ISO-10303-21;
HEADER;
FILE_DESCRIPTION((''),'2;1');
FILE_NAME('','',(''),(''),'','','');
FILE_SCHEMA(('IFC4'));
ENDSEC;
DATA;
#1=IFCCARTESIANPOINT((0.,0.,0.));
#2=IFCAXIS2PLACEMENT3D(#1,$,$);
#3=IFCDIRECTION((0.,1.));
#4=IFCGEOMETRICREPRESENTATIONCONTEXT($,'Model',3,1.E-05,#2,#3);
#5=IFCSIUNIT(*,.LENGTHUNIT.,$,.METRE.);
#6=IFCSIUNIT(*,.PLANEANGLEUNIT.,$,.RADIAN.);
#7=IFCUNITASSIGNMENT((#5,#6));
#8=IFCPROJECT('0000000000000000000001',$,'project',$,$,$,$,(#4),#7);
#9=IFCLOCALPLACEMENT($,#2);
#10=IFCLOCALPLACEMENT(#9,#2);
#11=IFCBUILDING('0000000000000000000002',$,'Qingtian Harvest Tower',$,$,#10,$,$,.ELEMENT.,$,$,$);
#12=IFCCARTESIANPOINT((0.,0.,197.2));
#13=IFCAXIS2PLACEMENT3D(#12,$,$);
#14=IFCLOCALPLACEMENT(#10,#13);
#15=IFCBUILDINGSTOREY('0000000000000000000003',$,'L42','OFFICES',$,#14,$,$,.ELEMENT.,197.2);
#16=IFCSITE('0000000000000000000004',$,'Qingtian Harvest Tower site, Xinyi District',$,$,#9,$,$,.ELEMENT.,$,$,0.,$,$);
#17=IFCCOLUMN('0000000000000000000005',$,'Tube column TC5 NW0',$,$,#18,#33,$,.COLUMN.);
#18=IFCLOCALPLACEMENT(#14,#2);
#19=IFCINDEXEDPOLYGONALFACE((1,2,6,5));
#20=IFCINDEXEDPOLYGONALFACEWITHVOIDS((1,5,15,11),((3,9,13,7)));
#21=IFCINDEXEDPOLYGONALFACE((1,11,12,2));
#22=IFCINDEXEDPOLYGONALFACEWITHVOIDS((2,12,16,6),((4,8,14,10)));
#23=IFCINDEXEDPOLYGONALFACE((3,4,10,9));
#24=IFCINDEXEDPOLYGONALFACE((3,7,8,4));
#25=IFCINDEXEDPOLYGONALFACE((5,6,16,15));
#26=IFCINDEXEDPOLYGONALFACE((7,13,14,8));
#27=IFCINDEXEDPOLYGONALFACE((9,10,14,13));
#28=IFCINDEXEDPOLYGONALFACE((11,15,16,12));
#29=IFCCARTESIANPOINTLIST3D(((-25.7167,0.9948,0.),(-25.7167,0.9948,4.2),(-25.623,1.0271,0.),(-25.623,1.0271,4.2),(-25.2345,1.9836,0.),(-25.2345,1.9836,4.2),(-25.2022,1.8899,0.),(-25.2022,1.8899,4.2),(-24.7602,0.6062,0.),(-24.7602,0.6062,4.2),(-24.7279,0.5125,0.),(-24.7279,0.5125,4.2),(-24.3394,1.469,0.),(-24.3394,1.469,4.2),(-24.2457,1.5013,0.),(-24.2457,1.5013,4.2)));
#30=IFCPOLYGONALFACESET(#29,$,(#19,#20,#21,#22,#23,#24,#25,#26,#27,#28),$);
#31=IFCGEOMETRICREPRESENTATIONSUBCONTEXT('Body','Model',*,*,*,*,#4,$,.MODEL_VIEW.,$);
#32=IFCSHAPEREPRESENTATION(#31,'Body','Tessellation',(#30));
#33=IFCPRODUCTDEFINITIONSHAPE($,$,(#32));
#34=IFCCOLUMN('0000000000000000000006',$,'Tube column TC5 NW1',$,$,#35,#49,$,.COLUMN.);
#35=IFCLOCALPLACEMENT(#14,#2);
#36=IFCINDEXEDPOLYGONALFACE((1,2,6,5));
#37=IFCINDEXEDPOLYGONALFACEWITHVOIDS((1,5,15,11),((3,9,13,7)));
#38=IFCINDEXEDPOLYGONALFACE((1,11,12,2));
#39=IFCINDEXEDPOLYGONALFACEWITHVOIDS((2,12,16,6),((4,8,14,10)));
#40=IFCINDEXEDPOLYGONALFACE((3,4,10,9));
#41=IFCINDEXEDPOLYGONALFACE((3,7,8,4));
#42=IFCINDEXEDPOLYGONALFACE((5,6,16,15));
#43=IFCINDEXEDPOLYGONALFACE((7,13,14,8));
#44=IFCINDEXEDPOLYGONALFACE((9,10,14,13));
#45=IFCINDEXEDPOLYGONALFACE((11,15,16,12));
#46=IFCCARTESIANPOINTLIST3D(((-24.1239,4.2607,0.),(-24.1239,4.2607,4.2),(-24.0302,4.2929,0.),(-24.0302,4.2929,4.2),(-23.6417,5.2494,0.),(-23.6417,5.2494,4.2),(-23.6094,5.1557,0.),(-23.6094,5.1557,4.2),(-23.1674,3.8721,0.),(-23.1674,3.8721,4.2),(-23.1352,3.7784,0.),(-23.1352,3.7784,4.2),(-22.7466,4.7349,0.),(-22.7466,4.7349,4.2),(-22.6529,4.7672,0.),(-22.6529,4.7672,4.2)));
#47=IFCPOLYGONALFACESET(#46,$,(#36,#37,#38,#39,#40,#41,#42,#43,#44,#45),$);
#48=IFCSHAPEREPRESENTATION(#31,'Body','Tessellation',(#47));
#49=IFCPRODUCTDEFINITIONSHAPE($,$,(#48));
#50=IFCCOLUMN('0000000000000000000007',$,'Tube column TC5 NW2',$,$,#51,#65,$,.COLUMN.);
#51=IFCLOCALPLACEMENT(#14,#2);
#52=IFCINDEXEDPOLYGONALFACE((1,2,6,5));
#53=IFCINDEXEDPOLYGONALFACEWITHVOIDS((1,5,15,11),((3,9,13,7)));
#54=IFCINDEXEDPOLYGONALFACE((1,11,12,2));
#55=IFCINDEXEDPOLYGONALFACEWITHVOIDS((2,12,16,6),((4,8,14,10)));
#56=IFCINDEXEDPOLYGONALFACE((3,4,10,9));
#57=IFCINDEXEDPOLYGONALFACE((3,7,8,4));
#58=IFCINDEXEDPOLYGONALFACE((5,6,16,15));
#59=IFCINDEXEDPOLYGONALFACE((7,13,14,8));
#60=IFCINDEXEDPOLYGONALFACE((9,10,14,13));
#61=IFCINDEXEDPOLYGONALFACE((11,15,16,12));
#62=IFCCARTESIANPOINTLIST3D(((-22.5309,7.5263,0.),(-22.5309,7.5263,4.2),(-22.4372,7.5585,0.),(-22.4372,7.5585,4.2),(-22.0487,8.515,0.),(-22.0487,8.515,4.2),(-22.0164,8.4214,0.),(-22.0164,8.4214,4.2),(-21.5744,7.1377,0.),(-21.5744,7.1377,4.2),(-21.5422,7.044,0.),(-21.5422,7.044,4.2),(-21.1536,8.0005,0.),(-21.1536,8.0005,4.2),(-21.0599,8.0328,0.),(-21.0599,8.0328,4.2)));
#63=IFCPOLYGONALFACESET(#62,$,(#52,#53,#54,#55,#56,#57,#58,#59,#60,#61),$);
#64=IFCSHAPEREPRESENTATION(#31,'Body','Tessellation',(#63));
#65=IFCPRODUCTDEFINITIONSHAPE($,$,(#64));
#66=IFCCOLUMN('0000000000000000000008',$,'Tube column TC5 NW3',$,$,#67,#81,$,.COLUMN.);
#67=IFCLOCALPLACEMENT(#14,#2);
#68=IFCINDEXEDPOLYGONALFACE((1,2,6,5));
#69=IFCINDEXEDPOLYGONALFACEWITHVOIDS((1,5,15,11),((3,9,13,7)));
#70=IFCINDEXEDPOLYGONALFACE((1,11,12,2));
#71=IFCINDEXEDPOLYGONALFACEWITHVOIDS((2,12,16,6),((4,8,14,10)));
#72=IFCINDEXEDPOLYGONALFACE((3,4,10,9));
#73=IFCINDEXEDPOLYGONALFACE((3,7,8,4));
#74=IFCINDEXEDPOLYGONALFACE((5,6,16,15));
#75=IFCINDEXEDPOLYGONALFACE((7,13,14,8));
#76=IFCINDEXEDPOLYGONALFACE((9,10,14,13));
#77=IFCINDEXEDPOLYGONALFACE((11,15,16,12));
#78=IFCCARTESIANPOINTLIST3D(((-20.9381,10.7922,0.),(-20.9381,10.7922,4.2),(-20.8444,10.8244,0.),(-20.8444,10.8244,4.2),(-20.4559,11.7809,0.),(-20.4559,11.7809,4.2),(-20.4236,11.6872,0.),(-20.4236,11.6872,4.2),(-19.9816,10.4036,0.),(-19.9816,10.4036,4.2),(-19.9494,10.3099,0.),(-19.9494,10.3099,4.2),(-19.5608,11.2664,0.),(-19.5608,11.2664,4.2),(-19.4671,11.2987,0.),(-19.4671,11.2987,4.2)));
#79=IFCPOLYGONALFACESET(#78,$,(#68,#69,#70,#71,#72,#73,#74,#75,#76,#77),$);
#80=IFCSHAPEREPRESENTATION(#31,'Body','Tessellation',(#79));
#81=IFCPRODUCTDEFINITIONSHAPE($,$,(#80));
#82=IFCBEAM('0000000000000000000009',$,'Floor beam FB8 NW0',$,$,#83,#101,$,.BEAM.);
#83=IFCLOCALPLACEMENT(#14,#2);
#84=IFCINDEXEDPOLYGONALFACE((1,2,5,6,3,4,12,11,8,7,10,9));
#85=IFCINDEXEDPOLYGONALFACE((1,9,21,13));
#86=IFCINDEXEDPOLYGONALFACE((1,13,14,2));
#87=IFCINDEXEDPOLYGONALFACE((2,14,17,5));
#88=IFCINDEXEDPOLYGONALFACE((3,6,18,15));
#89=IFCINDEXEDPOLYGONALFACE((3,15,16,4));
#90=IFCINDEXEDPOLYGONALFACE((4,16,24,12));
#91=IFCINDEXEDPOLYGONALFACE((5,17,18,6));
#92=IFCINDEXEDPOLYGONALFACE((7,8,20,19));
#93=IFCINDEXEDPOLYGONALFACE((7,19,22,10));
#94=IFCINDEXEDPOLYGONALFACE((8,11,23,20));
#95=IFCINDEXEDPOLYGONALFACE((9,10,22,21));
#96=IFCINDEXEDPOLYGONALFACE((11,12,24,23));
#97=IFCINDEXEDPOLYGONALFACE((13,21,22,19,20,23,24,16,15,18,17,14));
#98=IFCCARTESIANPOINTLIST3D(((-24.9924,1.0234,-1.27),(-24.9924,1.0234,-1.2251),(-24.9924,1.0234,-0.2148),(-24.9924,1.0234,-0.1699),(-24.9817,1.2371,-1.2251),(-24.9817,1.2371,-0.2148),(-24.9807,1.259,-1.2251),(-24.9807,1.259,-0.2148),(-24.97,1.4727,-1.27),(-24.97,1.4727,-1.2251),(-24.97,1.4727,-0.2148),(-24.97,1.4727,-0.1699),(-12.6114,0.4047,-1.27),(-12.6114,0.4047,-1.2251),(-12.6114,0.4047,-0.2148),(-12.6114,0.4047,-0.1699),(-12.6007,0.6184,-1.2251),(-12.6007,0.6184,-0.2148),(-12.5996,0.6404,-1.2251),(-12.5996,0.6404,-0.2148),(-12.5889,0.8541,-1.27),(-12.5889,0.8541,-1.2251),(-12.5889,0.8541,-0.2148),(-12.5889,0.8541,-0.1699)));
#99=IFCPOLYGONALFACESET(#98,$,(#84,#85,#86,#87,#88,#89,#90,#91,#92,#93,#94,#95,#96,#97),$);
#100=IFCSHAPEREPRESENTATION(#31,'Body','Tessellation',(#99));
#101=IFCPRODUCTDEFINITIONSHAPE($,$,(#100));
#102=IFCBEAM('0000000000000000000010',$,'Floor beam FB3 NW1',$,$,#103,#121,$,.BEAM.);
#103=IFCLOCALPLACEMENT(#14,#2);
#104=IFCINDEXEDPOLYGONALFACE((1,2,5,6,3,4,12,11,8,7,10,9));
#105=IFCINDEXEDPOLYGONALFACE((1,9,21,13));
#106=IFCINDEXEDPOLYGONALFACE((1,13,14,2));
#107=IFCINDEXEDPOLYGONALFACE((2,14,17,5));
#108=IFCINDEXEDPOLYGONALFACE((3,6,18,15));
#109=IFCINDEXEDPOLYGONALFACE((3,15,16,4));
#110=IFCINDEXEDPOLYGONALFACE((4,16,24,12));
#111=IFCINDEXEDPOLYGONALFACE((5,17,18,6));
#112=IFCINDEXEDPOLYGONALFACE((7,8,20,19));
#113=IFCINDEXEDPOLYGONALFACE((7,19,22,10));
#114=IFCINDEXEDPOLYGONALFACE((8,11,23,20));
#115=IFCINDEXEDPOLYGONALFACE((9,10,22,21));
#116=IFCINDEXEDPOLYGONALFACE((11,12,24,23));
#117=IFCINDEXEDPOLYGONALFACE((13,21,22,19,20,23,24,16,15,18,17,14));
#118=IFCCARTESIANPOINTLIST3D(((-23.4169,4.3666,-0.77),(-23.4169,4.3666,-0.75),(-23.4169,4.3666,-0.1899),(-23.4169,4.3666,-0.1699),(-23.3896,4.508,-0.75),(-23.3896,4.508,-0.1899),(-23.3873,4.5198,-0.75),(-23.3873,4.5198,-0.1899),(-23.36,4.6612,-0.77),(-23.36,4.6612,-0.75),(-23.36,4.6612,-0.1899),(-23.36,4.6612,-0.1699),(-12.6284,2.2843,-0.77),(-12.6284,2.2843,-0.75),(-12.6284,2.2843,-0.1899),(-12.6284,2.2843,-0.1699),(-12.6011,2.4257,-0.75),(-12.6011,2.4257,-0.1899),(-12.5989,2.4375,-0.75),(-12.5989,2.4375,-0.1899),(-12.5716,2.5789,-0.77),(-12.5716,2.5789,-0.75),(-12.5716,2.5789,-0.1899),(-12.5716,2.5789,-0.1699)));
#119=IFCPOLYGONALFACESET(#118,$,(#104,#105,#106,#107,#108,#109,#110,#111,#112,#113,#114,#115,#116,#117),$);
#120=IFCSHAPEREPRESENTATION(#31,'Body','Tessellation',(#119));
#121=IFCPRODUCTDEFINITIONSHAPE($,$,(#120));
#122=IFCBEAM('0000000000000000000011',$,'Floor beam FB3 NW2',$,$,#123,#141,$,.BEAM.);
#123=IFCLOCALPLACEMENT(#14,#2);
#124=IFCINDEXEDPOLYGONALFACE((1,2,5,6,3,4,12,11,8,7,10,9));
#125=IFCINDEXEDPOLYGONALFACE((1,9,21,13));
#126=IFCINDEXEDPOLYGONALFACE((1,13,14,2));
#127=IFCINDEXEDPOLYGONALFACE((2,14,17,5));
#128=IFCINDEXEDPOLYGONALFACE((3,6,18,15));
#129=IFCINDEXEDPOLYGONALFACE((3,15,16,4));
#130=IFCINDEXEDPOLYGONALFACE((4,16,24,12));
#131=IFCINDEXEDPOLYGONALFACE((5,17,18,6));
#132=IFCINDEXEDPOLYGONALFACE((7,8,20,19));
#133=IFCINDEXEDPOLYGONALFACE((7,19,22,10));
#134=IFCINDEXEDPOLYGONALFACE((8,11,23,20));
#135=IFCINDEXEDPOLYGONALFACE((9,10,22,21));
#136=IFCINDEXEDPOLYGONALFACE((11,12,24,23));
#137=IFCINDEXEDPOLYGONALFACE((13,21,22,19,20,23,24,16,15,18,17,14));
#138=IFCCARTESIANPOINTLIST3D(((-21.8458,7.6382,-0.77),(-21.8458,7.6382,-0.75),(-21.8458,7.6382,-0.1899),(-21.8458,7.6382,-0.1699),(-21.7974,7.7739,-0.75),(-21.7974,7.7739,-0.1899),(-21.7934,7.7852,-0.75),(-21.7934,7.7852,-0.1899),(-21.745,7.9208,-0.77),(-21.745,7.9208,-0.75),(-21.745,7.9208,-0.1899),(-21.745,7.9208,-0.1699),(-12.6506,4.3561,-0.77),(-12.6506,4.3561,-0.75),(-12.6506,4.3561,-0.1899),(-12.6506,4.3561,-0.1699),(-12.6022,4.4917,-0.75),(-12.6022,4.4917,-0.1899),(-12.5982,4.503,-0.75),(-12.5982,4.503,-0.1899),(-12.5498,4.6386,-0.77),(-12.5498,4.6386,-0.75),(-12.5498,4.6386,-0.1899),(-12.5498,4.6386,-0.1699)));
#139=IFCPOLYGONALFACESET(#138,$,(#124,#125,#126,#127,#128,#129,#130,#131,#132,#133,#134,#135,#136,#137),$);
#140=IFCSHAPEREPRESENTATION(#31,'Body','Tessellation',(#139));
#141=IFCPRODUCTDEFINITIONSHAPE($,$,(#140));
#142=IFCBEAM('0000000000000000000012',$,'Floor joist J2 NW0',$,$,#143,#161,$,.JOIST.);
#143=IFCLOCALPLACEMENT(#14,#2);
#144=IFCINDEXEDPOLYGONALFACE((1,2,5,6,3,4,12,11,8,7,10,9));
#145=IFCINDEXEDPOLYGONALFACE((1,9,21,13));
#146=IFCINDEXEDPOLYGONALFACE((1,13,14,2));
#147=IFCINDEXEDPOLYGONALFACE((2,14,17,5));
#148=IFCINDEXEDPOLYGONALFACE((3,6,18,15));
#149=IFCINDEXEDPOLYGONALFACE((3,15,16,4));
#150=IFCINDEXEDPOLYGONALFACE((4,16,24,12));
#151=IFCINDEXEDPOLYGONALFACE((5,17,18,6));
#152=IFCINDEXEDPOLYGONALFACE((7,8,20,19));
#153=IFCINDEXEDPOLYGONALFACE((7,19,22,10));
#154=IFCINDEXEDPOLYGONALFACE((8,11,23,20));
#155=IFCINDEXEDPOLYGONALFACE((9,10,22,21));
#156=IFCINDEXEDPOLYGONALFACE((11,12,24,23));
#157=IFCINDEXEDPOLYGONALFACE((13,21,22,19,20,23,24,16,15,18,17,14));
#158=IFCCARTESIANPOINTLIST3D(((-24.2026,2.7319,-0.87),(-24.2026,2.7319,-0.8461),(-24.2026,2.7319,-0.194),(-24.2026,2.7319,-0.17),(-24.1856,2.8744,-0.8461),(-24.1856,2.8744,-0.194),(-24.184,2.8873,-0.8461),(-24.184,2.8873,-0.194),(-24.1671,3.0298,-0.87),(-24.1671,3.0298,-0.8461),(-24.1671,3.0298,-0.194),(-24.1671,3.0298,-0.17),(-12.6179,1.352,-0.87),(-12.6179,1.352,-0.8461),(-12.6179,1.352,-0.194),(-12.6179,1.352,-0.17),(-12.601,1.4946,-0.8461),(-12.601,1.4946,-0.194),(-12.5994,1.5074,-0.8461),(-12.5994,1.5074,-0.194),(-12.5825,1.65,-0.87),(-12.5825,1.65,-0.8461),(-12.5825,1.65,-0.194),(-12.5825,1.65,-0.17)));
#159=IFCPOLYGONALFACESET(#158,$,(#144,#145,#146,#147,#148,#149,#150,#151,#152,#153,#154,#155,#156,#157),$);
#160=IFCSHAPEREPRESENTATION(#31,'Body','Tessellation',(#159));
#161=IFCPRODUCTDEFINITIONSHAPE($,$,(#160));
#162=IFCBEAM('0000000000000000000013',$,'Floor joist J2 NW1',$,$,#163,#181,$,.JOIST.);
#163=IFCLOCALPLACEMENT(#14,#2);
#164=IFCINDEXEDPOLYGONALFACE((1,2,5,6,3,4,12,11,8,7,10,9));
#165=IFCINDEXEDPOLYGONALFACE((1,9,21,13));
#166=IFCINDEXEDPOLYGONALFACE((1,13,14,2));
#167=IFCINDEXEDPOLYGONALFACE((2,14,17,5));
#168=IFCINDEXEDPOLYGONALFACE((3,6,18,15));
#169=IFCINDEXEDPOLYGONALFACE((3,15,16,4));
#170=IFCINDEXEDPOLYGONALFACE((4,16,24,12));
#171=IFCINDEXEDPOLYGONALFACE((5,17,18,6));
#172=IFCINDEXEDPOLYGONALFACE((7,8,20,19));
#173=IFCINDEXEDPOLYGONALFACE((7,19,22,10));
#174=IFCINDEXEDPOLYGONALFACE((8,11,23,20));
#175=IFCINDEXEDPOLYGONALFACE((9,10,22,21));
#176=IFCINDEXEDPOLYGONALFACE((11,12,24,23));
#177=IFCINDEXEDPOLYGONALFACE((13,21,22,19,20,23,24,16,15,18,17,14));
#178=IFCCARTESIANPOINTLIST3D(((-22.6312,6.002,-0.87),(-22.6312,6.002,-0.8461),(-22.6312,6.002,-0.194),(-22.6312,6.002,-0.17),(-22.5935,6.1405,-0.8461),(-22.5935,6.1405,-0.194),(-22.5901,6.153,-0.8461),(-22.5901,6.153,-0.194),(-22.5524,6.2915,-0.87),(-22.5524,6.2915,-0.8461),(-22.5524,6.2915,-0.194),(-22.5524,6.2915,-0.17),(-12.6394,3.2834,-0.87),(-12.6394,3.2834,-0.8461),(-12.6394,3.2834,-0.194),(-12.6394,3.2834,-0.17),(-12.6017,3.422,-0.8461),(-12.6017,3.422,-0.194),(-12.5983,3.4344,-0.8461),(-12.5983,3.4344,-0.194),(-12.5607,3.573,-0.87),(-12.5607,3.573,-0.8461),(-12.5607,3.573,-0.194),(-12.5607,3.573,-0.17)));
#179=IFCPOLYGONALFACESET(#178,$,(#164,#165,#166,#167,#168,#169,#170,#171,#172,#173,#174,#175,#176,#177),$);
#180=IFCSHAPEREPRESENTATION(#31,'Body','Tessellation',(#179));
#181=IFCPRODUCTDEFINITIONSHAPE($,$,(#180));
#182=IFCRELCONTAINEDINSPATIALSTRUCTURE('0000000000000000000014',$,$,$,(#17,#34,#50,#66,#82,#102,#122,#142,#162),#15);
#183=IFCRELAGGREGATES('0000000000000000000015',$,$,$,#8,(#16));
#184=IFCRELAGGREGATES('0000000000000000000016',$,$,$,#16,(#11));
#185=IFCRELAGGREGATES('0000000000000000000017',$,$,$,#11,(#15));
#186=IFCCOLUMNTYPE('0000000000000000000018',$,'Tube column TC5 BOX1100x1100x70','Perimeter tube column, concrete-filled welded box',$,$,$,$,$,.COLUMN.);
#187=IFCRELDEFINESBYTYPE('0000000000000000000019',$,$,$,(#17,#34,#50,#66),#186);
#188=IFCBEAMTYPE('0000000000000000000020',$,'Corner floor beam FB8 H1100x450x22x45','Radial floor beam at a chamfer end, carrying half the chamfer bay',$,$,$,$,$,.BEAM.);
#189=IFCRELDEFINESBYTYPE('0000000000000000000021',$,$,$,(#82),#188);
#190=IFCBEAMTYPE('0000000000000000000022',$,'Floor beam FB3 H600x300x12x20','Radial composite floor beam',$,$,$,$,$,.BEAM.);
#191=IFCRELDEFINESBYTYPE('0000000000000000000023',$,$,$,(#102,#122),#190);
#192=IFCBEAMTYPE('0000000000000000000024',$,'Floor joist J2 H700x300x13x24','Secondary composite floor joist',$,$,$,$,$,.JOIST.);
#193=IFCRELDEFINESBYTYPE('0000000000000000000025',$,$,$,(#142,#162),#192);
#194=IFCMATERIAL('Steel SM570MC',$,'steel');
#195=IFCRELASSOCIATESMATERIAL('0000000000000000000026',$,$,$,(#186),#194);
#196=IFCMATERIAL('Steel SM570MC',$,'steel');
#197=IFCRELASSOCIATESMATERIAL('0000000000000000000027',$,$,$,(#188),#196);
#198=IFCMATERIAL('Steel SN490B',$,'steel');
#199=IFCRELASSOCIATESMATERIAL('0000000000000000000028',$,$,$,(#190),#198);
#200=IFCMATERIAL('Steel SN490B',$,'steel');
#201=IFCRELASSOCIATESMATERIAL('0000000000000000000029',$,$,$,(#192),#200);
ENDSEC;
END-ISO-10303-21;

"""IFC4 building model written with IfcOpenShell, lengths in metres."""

from ifc_helpers import new_model, si_unit, direction, frame, origin, origin_2d, place, context, subcontext, project, spatial, hollow_rectangle, i_section, extrude, material, material_profile, profile_set, type_object, element, save


model = new_model("IFC4")

# Units and contexts
model_context = context("Model", 3, precision=1e-05, world=origin(), true_north=direction((0.0, 1.0)))
body_context = subcontext(model_context, "Body", "Model", "MODEL_VIEW")
ifc_project = project(units=[si_unit("LENGTHUNIT", "METRE"), si_unit("PLANEANGLEUNIT", "RADIAN")], contexts=[model_context])

# Site, building, storey
site_placement = place(None, origin())
site = spatial("IfcSite", under=ifc_project, at=site_placement, Name="Qingtian Harvest Tower site, Xinyi District", CompositionType="ELEMENT", RefElevation=0.0)
building_placement = place(site_placement, origin())
building = spatial("IfcBuilding", under=site, at=building_placement, Name="Qingtian Harvest Tower", CompositionType="ELEMENT")
storey_placement = place(building_placement, frame((0.0, 0.0, 197.2)))
storey = spatial("IfcBuildingStorey", under=building, at=storey_placement, Name="L42", Description="OFFICES", CompositionType="ELEMENT", Elevation=197.2)

# Columns
ifc_material_1 = material(Name="Steel SM570MC", Category="steel")
ifc_material_profile_1 = material_profile(ifc_material_1, hollow_rectangle(XDim=1.1001, YDim=1.1001, WallThickness=0.0701, at=origin_2d()), Name="BOX1100x1100x70")
ifc_profile_set_1 = profile_set([ifc_material_profile_1], Name="Steel SM570MC")
column_type = type_object("IfcColumnType", Name="Tube column TC5 BOX1100x1100x70", Description="Perimeter tube column, concrete-filled welded box", PredefinedType="COLUMN", material=ifc_profile_set_1)
for number, where, z_axis, x_axis, name in (
    (1, (-24.9812, 1.248, 0.0), (0.0, 0.0, 1.0), (-0.438371, -0.898794, 0.0), "Tube column TC5 NW0"),
    (2, (-23.3884, 4.5139, 0.0), (0.0, 0.0, 1.0), (-0.438371, -0.898794, 0.0), "Tube column TC5 NW1"),
    (3, (-21.7954, 7.7795, 0.0), (0.0, 0.0, 1.0), (-0.438371, -0.898794, 0.0), "Tube column TC5 NW2"),
    (4, (-20.2026, 11.0454, 0.0), (0.0, 0.0, 1.0), (-0.438371, -0.898794, 0.0), "Tube column TC5 NW3"),
):
    element("IfcColumn", number, at=place(storey_placement, frame(where, z_axis=z_axis, x_axis=x_axis)), inside=storey, type_object=column_type, Name=name, PredefinedType="COLUMN", context=body_context, shape_type="SweptSolid", body=[
        extrude(hollow_rectangle(XDim=1.1001, YDim=1.1001, WallThickness=0.0701, at=origin_2d()), origin(), (0.0, 0.0, 1.0), 4.2),
    ])

# Beams
ifc_material_2 = material(Name="Steel SM570MC", Category="steel")
ifc_material_profile_2 = material_profile(ifc_material_2, i_section(OverallWidth=0.45, OverallDepth=1.1001, WebThickness=0.022, FlangeThickness=0.0449, at=origin_2d()), Name="H1100x450x22x45")
ifc_profile_set_2 = profile_set([ifc_material_profile_2], Name="Steel SM570MC")
beam_type_1 = type_object("IfcBeamType", Name="Corner floor beam FB8 H1100x450x22x45", Description="Radial floor beam at a chamfer end, carrying half the chamfer bay", PredefinedType="BEAM", material=ifc_profile_set_2)
beam_1_placement = place(storey_placement, frame((-24.9812, 1.248, -0.72), z_axis=(0.998754, -0.049905, 0.0), x_axis=(0.049905, 0.998754, 0.0)))
element("IfcBeam", 5, at=beam_1_placement, inside=storey, type_object=beam_type_1, Name="Floor beam FB8 NW0", PredefinedType="BEAM", context=body_context, shape_type="SweptSolid", body=[
    extrude(i_section(OverallWidth=0.45, OverallDepth=1.1001, WebThickness=0.022, FlangeThickness=0.0449, at=origin_2d()), origin(), (0.0, 0.0, 1.0), 12.3965),
])
ifc_material_3 = material(Name="Steel SN490B", Category="steel")
ifc_material_profile_3 = material_profile(ifc_material_3, i_section(OverallWidth=0.3, OverallDepth=0.6001, WebThickness=0.012, FlangeThickness=0.02, at=origin_2d()), Name="H600x300x12x20")
ifc_profile_set_3 = profile_set([ifc_material_profile_3], Name="Steel SN490B")
beam_type_2 = type_object("IfcBeamType", Name="Floor beam FB3 H600x300x12x20", Description="Radial composite floor beam", PredefinedType="BEAM", material=ifc_profile_set_3)
beam_2_placement = place(storey_placement, frame((-23.3884, 4.5139, -0.47), z_axis=(0.981878, -0.189514, 0.0), x_axis=(0.189514, 0.981878, 0.0)))
element("IfcBeam", 6, at=beam_2_placement, inside=storey, type_object=beam_type_2, Name="Floor beam FB3 NW1", PredefinedType="BEAM", context=body_context, shape_type="SweptSolid", body=[
    extrude(i_section(OverallWidth=0.3, OverallDepth=0.6001, WebThickness=0.012, FlangeThickness=0.02, at=origin_2d()), origin(), (0.0, 0.0, 1.0), 10.9875),
])
beam_3_placement = place(storey_placement, frame((-21.7954, 7.7795, -0.47), z_axis=(0.941801, -0.336172, 0.0), x_axis=(0.336172, 0.941801, 0.0)))
element("IfcBeam", 7, at=beam_3_placement, inside=storey, type_object=beam_type_2, Name="Floor beam FB3 NW2", PredefinedType="BEAM", context=body_context, shape_type="SweptSolid", body=[
    extrude(i_section(OverallWidth=0.3, OverallDepth=0.6001, WebThickness=0.012, FlangeThickness=0.02, at=origin_2d()), origin(), (0.0, 0.0, 1.0), 9.7634),
])
ifc_material_4 = material(Name="Steel SN490B", Category="steel")
ifc_material_profile_4 = material_profile(ifc_material_4, i_section(OverallWidth=0.3, OverallDepth=0.7, WebThickness=0.0129, FlangeThickness=0.0239, at=origin_2d()), Name="H700x300x13x24")
ifc_profile_set_4 = profile_set([ifc_material_profile_4], Name="Steel SN490B")
beam_type_3 = type_object("IfcBeamType", Name="Floor joist J2 H700x300x13x24", Description="Secondary composite floor joist", PredefinedType="JOIST", material=ifc_profile_set_4)
beam_4_placement = place(storey_placement, frame((-24.1848, 2.8809, -0.52), z_axis=(0.992981, -0.118276, 0.0), x_axis=(0.118276, 0.992981, 0.0)))
element("IfcBeam", 8, at=beam_4_placement, inside=storey, type_object=beam_type_3, Name="Floor joist J2 NW0", PredefinedType="JOIST", context=body_context, shape_type="SweptSolid", body=[
    extrude(i_section(OverallWidth=0.3, OverallDepth=0.7, WebThickness=0.0129, FlangeThickness=0.0239, at=origin_2d()), origin(), (0.0, 0.0, 1.0), 11.6665),
])
beam_5_placement = place(storey_placement, frame((-22.5918, 6.1467, -0.52), z_axis=(0.964923, -0.262533, 0.0), x_axis=(0.262533, 0.964923, 0.0)))
element("IfcBeam", 9, at=beam_5_placement, inside=storey, type_object=beam_type_3, Name="Floor joist J2 NW1", PredefinedType="JOIST", context=body_context, shape_type="SweptSolid", body=[
    extrude(i_section(OverallWidth=0.3, OverallDepth=0.7, WebThickness=0.0129, FlangeThickness=0.0239, at=origin_2d()), origin(), (0.0, 0.0, 1.0), 10.355),
])

save(model, "model.ifc")
